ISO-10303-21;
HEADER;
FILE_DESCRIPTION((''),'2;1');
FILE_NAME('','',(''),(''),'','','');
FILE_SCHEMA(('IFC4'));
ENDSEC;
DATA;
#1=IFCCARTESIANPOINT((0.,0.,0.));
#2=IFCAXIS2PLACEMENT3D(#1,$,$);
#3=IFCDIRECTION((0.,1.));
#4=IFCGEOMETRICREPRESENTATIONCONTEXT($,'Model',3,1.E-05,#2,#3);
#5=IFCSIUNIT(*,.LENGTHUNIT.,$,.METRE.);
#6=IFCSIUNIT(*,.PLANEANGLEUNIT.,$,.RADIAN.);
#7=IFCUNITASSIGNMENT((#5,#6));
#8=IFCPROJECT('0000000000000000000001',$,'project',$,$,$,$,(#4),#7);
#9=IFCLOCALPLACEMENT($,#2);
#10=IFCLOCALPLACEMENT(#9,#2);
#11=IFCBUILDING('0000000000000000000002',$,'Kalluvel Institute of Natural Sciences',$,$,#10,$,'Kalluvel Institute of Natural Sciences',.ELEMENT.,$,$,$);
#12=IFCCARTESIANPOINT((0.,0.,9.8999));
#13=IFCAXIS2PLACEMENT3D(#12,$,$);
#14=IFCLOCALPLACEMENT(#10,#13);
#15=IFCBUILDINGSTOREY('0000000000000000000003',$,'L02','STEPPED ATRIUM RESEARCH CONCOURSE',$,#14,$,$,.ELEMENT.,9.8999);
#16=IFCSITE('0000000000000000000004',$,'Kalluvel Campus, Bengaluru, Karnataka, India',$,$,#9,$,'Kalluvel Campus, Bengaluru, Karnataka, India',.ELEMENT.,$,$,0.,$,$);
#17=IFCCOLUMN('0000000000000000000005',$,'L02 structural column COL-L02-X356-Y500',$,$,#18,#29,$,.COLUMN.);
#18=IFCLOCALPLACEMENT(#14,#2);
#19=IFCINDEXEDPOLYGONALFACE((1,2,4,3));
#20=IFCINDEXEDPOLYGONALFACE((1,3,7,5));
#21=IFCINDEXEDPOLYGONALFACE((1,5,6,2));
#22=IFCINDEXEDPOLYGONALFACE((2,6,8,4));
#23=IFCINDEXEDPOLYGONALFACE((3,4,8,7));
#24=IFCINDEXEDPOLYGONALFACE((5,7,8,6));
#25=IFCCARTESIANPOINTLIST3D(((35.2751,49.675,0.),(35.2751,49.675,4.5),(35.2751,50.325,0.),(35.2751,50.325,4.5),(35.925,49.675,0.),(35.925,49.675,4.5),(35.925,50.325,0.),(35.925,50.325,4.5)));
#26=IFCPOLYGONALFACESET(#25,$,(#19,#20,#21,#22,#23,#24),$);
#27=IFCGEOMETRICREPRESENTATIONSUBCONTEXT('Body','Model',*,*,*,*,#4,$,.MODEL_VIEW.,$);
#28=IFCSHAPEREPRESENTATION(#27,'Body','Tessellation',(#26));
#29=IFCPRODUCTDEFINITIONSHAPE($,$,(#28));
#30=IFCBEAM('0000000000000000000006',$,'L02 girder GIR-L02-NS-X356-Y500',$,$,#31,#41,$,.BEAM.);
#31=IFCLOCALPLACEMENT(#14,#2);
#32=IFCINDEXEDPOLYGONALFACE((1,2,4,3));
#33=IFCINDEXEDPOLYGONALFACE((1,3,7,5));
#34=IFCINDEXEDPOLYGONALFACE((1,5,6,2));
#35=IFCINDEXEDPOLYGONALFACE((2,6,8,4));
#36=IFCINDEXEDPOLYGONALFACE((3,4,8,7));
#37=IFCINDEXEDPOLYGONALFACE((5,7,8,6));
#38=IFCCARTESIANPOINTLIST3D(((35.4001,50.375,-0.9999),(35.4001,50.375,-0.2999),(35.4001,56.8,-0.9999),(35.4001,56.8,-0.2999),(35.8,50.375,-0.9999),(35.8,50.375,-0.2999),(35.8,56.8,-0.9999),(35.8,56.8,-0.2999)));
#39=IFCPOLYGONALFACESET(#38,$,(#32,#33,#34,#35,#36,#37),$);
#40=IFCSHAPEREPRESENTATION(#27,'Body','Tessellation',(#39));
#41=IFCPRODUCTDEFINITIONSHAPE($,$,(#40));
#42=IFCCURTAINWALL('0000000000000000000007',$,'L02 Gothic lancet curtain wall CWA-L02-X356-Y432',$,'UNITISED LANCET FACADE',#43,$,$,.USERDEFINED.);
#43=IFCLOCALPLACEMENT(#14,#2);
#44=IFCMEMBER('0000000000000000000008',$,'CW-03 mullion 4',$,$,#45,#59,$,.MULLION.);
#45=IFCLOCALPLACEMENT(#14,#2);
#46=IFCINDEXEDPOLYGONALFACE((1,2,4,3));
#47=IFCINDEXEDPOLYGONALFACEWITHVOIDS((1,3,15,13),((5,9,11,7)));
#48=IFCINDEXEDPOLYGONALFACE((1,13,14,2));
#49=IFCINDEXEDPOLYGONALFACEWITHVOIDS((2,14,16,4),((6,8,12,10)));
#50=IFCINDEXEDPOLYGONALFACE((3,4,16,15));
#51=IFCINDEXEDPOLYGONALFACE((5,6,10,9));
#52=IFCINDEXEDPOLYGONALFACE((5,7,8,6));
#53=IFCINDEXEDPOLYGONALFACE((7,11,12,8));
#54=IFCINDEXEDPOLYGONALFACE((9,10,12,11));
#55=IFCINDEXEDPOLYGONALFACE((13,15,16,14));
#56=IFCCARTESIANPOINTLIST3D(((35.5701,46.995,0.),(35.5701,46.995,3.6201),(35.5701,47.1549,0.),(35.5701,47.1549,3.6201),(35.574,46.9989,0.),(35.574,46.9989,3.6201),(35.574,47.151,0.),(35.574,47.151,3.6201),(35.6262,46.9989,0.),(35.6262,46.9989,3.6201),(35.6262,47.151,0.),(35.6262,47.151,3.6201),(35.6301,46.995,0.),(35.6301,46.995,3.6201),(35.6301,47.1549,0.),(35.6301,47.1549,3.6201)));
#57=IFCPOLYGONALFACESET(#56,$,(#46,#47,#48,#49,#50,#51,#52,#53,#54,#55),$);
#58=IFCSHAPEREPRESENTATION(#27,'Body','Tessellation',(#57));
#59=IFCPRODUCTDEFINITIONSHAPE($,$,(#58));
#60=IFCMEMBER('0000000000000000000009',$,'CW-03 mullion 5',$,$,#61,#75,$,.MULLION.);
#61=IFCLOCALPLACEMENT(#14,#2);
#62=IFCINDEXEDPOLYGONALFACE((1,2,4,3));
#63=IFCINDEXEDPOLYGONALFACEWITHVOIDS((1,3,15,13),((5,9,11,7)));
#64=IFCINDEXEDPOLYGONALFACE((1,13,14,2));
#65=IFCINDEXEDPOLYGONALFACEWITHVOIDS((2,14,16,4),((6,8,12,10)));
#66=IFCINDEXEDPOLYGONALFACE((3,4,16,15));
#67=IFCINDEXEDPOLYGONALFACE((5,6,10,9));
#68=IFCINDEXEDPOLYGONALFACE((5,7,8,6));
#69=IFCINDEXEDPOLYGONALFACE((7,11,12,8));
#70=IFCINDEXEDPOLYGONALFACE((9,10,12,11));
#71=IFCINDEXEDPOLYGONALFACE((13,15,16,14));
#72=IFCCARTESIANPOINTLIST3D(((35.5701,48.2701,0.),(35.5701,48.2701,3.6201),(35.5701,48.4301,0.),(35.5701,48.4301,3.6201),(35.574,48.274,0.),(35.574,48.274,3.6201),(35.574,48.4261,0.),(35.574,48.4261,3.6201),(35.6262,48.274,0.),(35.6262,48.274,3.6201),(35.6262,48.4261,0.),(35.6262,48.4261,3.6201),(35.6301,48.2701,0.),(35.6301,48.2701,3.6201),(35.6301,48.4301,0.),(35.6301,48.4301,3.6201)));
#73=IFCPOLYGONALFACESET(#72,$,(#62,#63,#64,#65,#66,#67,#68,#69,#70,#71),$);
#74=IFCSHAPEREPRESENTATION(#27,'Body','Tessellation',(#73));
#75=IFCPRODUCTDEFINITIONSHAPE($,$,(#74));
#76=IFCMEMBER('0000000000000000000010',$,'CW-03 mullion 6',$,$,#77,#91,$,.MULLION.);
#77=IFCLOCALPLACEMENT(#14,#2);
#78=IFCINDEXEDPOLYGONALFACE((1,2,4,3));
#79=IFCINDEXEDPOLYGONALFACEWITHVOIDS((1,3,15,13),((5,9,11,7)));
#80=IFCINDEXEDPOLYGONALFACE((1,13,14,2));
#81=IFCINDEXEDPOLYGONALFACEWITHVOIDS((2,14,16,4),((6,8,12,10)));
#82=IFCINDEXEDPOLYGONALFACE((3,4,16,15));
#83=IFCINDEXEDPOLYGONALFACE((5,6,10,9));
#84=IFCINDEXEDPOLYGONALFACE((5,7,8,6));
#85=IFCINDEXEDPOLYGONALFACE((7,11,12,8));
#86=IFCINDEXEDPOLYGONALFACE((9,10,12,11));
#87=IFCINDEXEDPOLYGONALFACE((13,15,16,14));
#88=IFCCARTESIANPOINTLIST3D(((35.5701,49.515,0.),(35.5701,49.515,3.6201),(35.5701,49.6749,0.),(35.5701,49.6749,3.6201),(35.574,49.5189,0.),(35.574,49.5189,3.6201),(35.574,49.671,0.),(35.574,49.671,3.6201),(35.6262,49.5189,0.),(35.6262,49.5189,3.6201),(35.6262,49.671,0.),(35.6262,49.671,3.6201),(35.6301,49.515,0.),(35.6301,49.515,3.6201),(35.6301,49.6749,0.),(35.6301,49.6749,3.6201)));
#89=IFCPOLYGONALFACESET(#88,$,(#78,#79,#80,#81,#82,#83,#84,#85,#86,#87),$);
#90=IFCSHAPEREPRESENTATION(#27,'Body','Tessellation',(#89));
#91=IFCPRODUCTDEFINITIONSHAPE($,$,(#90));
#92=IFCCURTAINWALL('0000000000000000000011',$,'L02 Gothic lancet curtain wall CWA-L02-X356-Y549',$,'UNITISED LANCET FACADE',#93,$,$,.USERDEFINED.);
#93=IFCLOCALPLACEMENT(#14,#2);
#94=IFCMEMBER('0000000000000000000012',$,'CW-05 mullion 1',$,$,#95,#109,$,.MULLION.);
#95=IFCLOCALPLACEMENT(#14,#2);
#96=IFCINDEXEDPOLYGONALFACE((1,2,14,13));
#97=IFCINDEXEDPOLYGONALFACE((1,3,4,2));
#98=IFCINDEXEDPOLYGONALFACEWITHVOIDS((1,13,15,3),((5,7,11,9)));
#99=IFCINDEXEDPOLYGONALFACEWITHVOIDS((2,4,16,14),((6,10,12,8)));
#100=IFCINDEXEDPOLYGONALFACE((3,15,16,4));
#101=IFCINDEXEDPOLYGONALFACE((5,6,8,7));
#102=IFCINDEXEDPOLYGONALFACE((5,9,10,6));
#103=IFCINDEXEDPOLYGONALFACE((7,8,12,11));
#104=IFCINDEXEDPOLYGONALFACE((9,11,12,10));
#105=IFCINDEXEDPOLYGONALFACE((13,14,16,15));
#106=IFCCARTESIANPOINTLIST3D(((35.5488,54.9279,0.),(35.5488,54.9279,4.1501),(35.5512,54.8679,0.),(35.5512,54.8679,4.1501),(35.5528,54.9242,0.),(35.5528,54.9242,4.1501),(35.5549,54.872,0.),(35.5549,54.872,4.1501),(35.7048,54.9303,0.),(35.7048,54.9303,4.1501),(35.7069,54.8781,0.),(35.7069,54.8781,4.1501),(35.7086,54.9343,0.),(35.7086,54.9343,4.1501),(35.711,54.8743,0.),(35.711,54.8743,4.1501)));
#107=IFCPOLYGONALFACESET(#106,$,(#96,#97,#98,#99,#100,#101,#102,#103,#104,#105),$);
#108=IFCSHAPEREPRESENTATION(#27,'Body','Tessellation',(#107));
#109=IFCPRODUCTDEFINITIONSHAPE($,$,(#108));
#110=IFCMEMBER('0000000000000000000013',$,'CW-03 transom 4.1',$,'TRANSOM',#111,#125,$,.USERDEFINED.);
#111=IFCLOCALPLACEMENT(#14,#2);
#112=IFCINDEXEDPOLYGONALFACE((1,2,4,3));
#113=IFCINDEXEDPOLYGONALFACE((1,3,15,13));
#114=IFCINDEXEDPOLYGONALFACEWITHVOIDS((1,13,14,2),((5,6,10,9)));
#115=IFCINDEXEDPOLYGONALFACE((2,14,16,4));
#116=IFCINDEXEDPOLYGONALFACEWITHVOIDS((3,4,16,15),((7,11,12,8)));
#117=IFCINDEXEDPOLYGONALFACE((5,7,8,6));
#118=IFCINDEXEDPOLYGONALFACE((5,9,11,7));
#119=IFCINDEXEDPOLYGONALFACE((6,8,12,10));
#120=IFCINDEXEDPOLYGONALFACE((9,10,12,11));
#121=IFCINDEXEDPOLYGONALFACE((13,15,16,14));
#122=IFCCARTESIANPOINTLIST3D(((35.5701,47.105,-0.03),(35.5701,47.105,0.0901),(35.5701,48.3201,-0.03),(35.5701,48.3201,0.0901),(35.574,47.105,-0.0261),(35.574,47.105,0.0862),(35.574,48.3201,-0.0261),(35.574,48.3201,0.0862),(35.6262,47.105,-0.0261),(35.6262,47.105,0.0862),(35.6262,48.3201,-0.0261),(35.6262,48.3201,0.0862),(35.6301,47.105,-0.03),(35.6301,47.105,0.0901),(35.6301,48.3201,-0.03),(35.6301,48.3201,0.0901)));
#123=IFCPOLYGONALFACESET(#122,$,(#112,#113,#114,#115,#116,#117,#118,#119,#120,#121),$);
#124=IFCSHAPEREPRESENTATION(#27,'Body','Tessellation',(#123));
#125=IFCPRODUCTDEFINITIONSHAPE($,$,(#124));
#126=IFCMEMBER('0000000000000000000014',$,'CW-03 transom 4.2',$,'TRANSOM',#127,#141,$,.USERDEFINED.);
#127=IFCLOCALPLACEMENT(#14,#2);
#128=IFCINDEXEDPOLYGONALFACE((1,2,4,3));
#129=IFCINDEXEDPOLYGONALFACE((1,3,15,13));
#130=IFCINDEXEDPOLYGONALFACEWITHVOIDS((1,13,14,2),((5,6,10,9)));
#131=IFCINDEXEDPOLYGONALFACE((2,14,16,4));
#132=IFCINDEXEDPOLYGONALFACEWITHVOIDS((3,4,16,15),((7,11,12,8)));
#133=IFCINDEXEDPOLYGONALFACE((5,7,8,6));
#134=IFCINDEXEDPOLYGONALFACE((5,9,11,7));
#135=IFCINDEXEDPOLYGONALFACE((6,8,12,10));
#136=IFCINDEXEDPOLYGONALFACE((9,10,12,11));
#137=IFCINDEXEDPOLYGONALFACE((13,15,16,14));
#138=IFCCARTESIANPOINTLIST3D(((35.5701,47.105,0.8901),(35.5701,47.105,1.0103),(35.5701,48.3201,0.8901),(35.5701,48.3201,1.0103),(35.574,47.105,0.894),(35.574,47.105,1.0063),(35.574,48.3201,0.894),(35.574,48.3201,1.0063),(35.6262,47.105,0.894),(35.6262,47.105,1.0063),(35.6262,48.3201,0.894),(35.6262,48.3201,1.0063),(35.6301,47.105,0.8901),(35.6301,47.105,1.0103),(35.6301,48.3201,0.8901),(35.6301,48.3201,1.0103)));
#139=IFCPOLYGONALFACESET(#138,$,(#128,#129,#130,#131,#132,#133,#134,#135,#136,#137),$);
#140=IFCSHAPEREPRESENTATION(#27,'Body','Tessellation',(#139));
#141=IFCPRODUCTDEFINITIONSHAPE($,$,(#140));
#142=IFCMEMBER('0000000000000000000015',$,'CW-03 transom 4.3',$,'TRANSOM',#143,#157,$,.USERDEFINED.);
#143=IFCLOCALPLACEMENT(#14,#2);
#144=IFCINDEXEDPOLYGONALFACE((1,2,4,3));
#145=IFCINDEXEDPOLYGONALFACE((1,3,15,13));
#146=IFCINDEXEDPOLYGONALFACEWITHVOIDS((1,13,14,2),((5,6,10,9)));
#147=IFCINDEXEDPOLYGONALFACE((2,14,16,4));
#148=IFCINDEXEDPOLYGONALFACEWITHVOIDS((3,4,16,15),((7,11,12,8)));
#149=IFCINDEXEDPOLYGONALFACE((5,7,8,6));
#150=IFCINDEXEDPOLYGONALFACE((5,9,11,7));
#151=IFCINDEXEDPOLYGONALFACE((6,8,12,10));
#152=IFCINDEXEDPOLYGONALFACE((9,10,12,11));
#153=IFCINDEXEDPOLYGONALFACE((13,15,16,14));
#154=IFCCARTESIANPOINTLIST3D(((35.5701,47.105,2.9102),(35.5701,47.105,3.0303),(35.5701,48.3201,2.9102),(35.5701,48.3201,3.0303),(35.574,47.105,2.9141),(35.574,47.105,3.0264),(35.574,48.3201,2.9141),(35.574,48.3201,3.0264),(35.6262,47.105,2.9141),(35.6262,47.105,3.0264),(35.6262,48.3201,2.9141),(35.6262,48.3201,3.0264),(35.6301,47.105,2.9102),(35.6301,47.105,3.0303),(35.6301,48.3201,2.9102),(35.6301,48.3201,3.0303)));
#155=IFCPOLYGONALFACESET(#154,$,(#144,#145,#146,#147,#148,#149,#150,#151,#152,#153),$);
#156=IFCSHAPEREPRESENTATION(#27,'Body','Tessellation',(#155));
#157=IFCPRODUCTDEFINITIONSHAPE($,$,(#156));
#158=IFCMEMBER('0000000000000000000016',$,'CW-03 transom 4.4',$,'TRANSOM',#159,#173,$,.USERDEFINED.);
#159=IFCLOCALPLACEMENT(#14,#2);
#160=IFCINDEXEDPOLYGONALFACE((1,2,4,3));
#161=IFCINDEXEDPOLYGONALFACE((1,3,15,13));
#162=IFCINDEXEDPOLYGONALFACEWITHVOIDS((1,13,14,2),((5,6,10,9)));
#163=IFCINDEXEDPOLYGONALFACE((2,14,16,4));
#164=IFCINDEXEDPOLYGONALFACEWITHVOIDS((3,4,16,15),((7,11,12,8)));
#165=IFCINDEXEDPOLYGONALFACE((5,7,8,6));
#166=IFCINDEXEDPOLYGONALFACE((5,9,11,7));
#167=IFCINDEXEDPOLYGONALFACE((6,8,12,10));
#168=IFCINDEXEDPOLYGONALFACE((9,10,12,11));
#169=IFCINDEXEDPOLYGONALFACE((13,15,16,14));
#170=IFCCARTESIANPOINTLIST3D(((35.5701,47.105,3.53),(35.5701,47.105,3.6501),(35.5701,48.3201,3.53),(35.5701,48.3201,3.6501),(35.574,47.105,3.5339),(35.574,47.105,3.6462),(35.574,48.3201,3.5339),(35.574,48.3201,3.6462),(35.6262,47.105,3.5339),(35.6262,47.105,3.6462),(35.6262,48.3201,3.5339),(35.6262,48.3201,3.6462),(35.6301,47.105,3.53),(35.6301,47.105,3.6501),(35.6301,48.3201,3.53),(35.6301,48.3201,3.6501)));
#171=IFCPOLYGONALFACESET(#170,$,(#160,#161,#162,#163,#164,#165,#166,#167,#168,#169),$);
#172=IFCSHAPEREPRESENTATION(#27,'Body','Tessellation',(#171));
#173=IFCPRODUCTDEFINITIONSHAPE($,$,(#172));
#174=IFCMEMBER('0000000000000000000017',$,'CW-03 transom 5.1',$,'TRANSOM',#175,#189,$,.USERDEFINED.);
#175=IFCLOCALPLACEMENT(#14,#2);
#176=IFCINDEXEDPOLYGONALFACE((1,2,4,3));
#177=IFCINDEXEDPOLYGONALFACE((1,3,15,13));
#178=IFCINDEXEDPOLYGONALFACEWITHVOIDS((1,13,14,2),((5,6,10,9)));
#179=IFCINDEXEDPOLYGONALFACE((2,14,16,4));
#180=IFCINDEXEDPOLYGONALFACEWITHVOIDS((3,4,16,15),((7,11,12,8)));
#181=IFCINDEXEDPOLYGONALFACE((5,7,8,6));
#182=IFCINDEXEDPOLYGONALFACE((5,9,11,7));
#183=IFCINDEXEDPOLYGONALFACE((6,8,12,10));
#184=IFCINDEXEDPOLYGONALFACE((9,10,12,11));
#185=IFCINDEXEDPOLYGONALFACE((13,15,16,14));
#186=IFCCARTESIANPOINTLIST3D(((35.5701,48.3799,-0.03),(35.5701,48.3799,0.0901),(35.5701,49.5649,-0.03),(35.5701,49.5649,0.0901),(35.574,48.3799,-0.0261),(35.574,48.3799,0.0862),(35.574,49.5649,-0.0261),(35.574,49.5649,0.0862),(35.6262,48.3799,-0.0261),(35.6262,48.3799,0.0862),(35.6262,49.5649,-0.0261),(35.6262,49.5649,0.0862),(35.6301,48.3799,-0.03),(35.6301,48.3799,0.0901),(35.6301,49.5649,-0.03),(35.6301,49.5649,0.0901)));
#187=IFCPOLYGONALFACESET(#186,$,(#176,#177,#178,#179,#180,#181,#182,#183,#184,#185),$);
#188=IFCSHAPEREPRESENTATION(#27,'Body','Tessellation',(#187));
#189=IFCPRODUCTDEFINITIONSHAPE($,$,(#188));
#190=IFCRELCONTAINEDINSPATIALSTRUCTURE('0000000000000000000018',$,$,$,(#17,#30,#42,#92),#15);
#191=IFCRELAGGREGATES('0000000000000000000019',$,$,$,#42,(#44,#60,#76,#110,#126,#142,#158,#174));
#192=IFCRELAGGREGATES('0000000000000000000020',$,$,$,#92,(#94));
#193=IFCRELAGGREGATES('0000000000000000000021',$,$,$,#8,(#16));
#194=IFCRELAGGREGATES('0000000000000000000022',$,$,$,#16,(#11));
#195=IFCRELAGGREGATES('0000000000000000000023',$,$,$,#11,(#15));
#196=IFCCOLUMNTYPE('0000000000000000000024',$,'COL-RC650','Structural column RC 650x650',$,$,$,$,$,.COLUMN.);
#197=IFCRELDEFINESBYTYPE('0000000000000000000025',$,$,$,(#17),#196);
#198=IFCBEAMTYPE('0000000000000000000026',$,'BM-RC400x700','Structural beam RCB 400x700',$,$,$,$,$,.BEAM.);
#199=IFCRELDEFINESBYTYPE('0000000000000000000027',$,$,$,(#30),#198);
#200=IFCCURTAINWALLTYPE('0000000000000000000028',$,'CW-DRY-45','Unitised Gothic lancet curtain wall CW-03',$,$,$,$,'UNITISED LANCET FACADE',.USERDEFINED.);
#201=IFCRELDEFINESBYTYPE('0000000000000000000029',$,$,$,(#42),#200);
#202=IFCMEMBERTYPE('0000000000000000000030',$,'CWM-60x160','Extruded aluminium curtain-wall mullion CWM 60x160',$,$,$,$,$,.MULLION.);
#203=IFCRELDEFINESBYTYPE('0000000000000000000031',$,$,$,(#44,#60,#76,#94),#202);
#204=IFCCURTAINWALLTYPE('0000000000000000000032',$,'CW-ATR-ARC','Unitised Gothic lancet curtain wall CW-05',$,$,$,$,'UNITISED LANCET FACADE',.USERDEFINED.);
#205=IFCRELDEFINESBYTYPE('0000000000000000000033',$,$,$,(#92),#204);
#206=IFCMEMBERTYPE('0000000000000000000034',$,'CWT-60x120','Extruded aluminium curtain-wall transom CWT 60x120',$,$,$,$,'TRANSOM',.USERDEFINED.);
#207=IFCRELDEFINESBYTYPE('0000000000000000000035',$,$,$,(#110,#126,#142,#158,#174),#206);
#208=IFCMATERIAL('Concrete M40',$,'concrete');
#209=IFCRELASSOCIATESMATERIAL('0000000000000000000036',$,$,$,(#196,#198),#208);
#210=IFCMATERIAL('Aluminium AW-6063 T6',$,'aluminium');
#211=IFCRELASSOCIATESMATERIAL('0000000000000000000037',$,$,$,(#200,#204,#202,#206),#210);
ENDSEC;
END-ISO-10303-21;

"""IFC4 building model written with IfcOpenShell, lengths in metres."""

from ifc_helpers import new_model, si_unit, direction, frame, origin, origin_2d, place, context, subcontext, project, spatial, rectangle, hollow_rectangle, extrude, material, material_profile, profile_set, type_object, element, aggregate, save


model = new_model("IFC4")

# Units and contexts
model_context = context("Model", 3, precision=1e-05, world=origin(), true_north=direction((0.0, 1.0)))
body_context = subcontext(model_context, "Body", "Model", "MODEL_VIEW")
ifc_project = project(units=[si_unit("LENGTHUNIT", "METRE"), si_unit("PLANEANGLEUNIT", "RADIAN")], contexts=[model_context])

# Site, building, storey
site_placement = place(None, origin())
site = spatial("IfcSite", under=ifc_project, at=site_placement, Name="Kalluvel Campus, Bengaluru, Karnataka, India", LongName="Kalluvel Campus, Bengaluru, Karnataka, India", CompositionType="ELEMENT", RefElevation=0.0)
building_placement = place(site_placement, origin())
building = spatial("IfcBuilding", under=site, at=building_placement, Name="Kalluvel Institute of Natural Sciences", LongName="Kalluvel Institute of Natural Sciences", CompositionType="ELEMENT")
storey_placement = place(building_placement, frame((0.0, 0.0, 9.8999)))
storey = spatial("IfcBuildingStorey", under=building, at=storey_placement, Name="L02", Description="STEPPED ATRIUM RESEARCH CONCOURSE", CompositionType="ELEMENT", Elevation=9.8999)

# Column
ifc_material_1 = material(Name="Concrete M40", Category="concrete")
ifc_material_profile_1 = material_profile(ifc_material_1, rectangle(XDim=0.6499, YDim=0.6499, at=origin_2d()), Name="RC 650x650")
ifc_profile_set_1 = profile_set([ifc_material_profile_1], Name="Concrete M40")
column_type = type_object("IfcColumnType", Name="COL-RC650", Description="Structural column RC 650x650", PredefinedType="COLUMN", material=ifc_profile_set_1)
column_placement = place(storey_placement, frame((35.6001, 50.0, 0.0), z_axis=(0.0, 0.0, 1.0), x_axis=(1.0, 0.0, 0.0)))
element("IfcColumn", 1, at=column_placement, inside=storey, type_object=column_type, Name="L02 structural column COL-L02-X356-Y500", PredefinedType="COLUMN", context=body_context, shape_type="SweptSolid", body=[
    extrude(rectangle(XDim=0.6499, YDim=0.6499, at=origin_2d()), origin(), (0.0, 0.0, 1.0), 4.5),
])

# Beam
ifc_material_profile_2 = material_profile(ifc_material_1, rectangle(XDim=0.3999, YDim=0.7, at=origin_2d()), Name="RCB 400x700")
ifc_profile_set_2 = profile_set([ifc_material_profile_2], Name="Concrete M40")
beam_type = type_object("IfcBeamType", Name="BM-RC400x700", Description="Structural beam RCB 400x700", PredefinedType="BEAM", material=ifc_profile_set_2)
beam_placement = place(storey_placement, frame((35.6001, 50.375, -0.6499), z_axis=(0.0, 1.0, 0.0), x_axis=(-1.0, 0.0, 0.0)))
element("IfcBeam", 2, at=beam_placement, inside=storey, type_object=beam_type, Name="L02 girder GIR-L02-NS-X356-Y500", PredefinedType="BEAM", context=body_context, shape_type="SweptSolid", body=[
    extrude(rectangle(XDim=0.3999, YDim=0.7, at=origin_2d()), origin(), (0.0, 0.0, 1.0), 6.425),
])

# Curtain wall, members
ifc_material_2 = material(Name="Aluminium AW-6063 T6", Category="aluminium")
curtain_wall_type_1 = type_object("IfcCurtainWallType", Name="CW-DRY-45", Description="Unitised Gothic lancet curtain wall CW-03", ElementType="UNITISED LANCET FACADE", PredefinedType="USERDEFINED", material=ifc_material_2)
curtain_wall_1_placement = place(storey_placement, origin())
curtain_wall_1 = element("IfcCurtainWall", 3, at=curtain_wall_1_placement, inside=storey, type_object=curtain_wall_type_1, Name="L02 Gothic lancet curtain wall CWA-L02-X356-Y432", ObjectType="UNITISED LANCET FACADE", PredefinedType="USERDEFINED")
ifc_material_profile_3 = material_profile(ifc_material_2, hollow_rectangle(XDim=0.0601, YDim=0.1599, WallThickness=0.0039, at=origin_2d()), Name="CWM 60x160")
ifc_profile_set_3 = profile_set([ifc_material_profile_3], Name="Aluminium AW-6063 T6")
member_type_1 = type_object("IfcMemberType", Name="CWM-60x160", Description="Extruded aluminium curtain-wall mullion CWM 60x160", PredefinedType="MULLION", material=ifc_profile_set_3)
member_1_placement = place(storey_placement, frame((35.6001, 47.075, 0.0), z_axis=(0.0, 0.0, 1.0), x_axis=(-1.0, 0.0, 0.0)))
member_1 = element("IfcMember", 4, at=member_1_placement, type_object=member_type_1, Name="CW-03 mullion 4", PredefinedType="MULLION", context=body_context, shape_type="SweptSolid", body=[
    extrude(hollow_rectangle(XDim=0.0601, YDim=0.1599, WallThickness=0.0039, at=origin_2d()), origin(), (0.0, 0.0, 1.0), 3.6201),
])
member_2_placement = place(storey_placement, frame((35.6001, 48.3501, 0.0), z_axis=(0.0, 0.0, 1.0), x_axis=(-1.0, 0.0, 0.0)))
member_2 = element("IfcMember", 5, at=member_2_placement, type_object=member_type_1, Name="CW-03 mullion 5", PredefinedType="MULLION", context=body_context, shape_type="SweptSolid", body=[
    extrude(hollow_rectangle(XDim=0.0601, YDim=0.1599, WallThickness=0.0039, at=origin_2d()), origin(), (0.0, 0.0, 1.0), 3.6201),
])
member_3_placement = place(storey_placement, frame((35.6001, 49.595, 0.0), z_axis=(0.0, 0.0, 1.0), x_axis=(-1.0, 0.0, 0.0)))
member_3 = element("IfcMember", 6, at=member_3_placement, type_object=member_type_1, Name="CW-03 mullion 6", PredefinedType="MULLION", context=body_context, shape_type="SweptSolid", body=[
    extrude(hollow_rectangle(XDim=0.0601, YDim=0.1599, WallThickness=0.0039, at=origin_2d()), origin(), (0.0, 0.0, 1.0), 3.6201),
])

# Curtain wall, member
curtain_wall_type_2 = type_object("IfcCurtainWallType", Name="CW-ATR-ARC", Description="Unitised Gothic lancet curtain wall CW-05", ElementType="UNITISED LANCET FACADE", PredefinedType="USERDEFINED", material=ifc_material_2)
curtain_wall_2_placement = place(storey_placement, origin())
curtain_wall_2 = element("IfcCurtainWall", 7, at=curtain_wall_2_placement, inside=storey, type_object=curtain_wall_type_2, Name="L02 Gothic lancet curtain wall CWA-L02-X356-Y549", ObjectType="UNITISED LANCET FACADE", PredefinedType="USERDEFINED")
member_4_placement = place(storey_placement, frame((35.6299, 54.9011, 0.0), z_axis=(0.0, 0.0, 1.0), x_axis=(-0.04026, 0.999189, 0.0)))
member_4 = element("IfcMember", 8, at=member_4_placement, type_object=member_type_1, Name="CW-05 mullion 1", PredefinedType="MULLION", context=body_context, shape_type="SweptSolid", body=[
    extrude(hollow_rectangle(XDim=0.0601, YDim=0.1599, WallThickness=0.0039, at=origin_2d()), origin(), (0.0, 0.0, 1.0), 4.1501),
])

# Members
ifc_material_profile_4 = material_profile(ifc_material_2, hollow_rectangle(XDim=0.0601, YDim=0.1201, WallThickness=0.0039, at=origin_2d()), Name="CWT 60x120")
ifc_profile_set_4 = profile_set([ifc_material_profile_4], Name="Aluminium AW-6063 T6")
member_type_2 = type_object("IfcMemberType", Name="CWT-60x120", Description="Extruded aluminium curtain-wall transom CWT 60x120", ElementType="TRANSOM", PredefinedType="USERDEFINED", material=ifc_profile_set_4)
member_5_placement = place(storey_placement, frame((35.6001, 47.105, 0.03), z_axis=(0.0, 1.0, 0.0), x_axis=(-1.0, 0.0, 0.0)))
member_5 = element("IfcMember", 9, at=member_5_placement, type_object=member_type_2, Name="CW-03 transom 4.1", ObjectType="TRANSOM", PredefinedType="USERDEFINED", context=body_context, shape_type="SweptSolid", body=[
    extrude(hollow_rectangle(XDim=0.0601, YDim=0.1201, WallThickness=0.0039, at=origin_2d()), origin(), (0.0, 0.0, 1.0), 1.2151),
])
member_6_placement = place(storey_placement, frame((35.6001, 47.105, 0.9502), z_axis=(0.0, 1.0, 0.0), x_axis=(-1.0, 0.0, 0.0)))
member_6 = element("IfcMember", 10, at=member_6_placement, type_object=member_type_2, Name="CW-03 transom 4.2", ObjectType="TRANSOM", PredefinedType="USERDEFINED", context=body_context, shape_type="SweptSolid", body=[
    extrude(hollow_rectangle(XDim=0.0601, YDim=0.1201, WallThickness=0.0039, at=origin_2d()), origin(), (0.0, 0.0, 1.0), 1.2151),
])
member_7_placement = place(storey_placement, frame((35.6001, 47.105, 2.9702), z_axis=(0.0, 1.0, 0.0), x_axis=(-1.0, 0.0, 0.0)))
member_7 = element("IfcMember", 11, at=member_7_placement, type_object=member_type_2, Name="CW-03 transom 4.3", ObjectType="TRANSOM", PredefinedType="USERDEFINED", context=body_context, shape_type="SweptSolid", body=[
    extrude(hollow_rectangle(XDim=0.0601, YDim=0.1201, WallThickness=0.0039, at=origin_2d()), origin(), (0.0, 0.0, 1.0), 1.2151),
])
member_8_placement = place(storey_placement, frame((35.6001, 47.105, 3.5901), z_axis=(0.0, 1.0, 0.0), x_axis=(-1.0, 0.0, 0.0)))
member_8 = element("IfcMember", 12, at=member_8_placement, type_object=member_type_2, Name="CW-03 transom 4.4", ObjectType="TRANSOM", PredefinedType="USERDEFINED", context=body_context, shape_type="SweptSolid", body=[
    extrude(hollow_rectangle(XDim=0.0601, YDim=0.1201, WallThickness=0.0039, at=origin_2d()), origin(), (0.0, 0.0, 1.0), 1.2151),
])
member_9_placement = place(storey_placement, frame((35.6001, 48.3799, 0.03), z_axis=(0.0, 1.0, 0.0), x_axis=(-1.0, 0.0, 0.0)))
member_9 = element("IfcMember", 13, at=member_9_placement, type_object=member_type_2, Name="CW-03 transom 5.1", ObjectType="TRANSOM", PredefinedType="USERDEFINED", context=body_context, shape_type="SweptSolid", body=[
    extrude(hollow_rectangle(XDim=0.0601, YDim=0.1201, WallThickness=0.0039, at=origin_2d()), origin(), (0.0, 0.0, 1.0), 1.1851),
])

aggregate(curtain_wall_1, [member_1, member_2, member_3, member_5, member_6, member_7, member_8, member_9])
aggregate(curtain_wall_2, [member_4])

save(model, "model.ifc")
